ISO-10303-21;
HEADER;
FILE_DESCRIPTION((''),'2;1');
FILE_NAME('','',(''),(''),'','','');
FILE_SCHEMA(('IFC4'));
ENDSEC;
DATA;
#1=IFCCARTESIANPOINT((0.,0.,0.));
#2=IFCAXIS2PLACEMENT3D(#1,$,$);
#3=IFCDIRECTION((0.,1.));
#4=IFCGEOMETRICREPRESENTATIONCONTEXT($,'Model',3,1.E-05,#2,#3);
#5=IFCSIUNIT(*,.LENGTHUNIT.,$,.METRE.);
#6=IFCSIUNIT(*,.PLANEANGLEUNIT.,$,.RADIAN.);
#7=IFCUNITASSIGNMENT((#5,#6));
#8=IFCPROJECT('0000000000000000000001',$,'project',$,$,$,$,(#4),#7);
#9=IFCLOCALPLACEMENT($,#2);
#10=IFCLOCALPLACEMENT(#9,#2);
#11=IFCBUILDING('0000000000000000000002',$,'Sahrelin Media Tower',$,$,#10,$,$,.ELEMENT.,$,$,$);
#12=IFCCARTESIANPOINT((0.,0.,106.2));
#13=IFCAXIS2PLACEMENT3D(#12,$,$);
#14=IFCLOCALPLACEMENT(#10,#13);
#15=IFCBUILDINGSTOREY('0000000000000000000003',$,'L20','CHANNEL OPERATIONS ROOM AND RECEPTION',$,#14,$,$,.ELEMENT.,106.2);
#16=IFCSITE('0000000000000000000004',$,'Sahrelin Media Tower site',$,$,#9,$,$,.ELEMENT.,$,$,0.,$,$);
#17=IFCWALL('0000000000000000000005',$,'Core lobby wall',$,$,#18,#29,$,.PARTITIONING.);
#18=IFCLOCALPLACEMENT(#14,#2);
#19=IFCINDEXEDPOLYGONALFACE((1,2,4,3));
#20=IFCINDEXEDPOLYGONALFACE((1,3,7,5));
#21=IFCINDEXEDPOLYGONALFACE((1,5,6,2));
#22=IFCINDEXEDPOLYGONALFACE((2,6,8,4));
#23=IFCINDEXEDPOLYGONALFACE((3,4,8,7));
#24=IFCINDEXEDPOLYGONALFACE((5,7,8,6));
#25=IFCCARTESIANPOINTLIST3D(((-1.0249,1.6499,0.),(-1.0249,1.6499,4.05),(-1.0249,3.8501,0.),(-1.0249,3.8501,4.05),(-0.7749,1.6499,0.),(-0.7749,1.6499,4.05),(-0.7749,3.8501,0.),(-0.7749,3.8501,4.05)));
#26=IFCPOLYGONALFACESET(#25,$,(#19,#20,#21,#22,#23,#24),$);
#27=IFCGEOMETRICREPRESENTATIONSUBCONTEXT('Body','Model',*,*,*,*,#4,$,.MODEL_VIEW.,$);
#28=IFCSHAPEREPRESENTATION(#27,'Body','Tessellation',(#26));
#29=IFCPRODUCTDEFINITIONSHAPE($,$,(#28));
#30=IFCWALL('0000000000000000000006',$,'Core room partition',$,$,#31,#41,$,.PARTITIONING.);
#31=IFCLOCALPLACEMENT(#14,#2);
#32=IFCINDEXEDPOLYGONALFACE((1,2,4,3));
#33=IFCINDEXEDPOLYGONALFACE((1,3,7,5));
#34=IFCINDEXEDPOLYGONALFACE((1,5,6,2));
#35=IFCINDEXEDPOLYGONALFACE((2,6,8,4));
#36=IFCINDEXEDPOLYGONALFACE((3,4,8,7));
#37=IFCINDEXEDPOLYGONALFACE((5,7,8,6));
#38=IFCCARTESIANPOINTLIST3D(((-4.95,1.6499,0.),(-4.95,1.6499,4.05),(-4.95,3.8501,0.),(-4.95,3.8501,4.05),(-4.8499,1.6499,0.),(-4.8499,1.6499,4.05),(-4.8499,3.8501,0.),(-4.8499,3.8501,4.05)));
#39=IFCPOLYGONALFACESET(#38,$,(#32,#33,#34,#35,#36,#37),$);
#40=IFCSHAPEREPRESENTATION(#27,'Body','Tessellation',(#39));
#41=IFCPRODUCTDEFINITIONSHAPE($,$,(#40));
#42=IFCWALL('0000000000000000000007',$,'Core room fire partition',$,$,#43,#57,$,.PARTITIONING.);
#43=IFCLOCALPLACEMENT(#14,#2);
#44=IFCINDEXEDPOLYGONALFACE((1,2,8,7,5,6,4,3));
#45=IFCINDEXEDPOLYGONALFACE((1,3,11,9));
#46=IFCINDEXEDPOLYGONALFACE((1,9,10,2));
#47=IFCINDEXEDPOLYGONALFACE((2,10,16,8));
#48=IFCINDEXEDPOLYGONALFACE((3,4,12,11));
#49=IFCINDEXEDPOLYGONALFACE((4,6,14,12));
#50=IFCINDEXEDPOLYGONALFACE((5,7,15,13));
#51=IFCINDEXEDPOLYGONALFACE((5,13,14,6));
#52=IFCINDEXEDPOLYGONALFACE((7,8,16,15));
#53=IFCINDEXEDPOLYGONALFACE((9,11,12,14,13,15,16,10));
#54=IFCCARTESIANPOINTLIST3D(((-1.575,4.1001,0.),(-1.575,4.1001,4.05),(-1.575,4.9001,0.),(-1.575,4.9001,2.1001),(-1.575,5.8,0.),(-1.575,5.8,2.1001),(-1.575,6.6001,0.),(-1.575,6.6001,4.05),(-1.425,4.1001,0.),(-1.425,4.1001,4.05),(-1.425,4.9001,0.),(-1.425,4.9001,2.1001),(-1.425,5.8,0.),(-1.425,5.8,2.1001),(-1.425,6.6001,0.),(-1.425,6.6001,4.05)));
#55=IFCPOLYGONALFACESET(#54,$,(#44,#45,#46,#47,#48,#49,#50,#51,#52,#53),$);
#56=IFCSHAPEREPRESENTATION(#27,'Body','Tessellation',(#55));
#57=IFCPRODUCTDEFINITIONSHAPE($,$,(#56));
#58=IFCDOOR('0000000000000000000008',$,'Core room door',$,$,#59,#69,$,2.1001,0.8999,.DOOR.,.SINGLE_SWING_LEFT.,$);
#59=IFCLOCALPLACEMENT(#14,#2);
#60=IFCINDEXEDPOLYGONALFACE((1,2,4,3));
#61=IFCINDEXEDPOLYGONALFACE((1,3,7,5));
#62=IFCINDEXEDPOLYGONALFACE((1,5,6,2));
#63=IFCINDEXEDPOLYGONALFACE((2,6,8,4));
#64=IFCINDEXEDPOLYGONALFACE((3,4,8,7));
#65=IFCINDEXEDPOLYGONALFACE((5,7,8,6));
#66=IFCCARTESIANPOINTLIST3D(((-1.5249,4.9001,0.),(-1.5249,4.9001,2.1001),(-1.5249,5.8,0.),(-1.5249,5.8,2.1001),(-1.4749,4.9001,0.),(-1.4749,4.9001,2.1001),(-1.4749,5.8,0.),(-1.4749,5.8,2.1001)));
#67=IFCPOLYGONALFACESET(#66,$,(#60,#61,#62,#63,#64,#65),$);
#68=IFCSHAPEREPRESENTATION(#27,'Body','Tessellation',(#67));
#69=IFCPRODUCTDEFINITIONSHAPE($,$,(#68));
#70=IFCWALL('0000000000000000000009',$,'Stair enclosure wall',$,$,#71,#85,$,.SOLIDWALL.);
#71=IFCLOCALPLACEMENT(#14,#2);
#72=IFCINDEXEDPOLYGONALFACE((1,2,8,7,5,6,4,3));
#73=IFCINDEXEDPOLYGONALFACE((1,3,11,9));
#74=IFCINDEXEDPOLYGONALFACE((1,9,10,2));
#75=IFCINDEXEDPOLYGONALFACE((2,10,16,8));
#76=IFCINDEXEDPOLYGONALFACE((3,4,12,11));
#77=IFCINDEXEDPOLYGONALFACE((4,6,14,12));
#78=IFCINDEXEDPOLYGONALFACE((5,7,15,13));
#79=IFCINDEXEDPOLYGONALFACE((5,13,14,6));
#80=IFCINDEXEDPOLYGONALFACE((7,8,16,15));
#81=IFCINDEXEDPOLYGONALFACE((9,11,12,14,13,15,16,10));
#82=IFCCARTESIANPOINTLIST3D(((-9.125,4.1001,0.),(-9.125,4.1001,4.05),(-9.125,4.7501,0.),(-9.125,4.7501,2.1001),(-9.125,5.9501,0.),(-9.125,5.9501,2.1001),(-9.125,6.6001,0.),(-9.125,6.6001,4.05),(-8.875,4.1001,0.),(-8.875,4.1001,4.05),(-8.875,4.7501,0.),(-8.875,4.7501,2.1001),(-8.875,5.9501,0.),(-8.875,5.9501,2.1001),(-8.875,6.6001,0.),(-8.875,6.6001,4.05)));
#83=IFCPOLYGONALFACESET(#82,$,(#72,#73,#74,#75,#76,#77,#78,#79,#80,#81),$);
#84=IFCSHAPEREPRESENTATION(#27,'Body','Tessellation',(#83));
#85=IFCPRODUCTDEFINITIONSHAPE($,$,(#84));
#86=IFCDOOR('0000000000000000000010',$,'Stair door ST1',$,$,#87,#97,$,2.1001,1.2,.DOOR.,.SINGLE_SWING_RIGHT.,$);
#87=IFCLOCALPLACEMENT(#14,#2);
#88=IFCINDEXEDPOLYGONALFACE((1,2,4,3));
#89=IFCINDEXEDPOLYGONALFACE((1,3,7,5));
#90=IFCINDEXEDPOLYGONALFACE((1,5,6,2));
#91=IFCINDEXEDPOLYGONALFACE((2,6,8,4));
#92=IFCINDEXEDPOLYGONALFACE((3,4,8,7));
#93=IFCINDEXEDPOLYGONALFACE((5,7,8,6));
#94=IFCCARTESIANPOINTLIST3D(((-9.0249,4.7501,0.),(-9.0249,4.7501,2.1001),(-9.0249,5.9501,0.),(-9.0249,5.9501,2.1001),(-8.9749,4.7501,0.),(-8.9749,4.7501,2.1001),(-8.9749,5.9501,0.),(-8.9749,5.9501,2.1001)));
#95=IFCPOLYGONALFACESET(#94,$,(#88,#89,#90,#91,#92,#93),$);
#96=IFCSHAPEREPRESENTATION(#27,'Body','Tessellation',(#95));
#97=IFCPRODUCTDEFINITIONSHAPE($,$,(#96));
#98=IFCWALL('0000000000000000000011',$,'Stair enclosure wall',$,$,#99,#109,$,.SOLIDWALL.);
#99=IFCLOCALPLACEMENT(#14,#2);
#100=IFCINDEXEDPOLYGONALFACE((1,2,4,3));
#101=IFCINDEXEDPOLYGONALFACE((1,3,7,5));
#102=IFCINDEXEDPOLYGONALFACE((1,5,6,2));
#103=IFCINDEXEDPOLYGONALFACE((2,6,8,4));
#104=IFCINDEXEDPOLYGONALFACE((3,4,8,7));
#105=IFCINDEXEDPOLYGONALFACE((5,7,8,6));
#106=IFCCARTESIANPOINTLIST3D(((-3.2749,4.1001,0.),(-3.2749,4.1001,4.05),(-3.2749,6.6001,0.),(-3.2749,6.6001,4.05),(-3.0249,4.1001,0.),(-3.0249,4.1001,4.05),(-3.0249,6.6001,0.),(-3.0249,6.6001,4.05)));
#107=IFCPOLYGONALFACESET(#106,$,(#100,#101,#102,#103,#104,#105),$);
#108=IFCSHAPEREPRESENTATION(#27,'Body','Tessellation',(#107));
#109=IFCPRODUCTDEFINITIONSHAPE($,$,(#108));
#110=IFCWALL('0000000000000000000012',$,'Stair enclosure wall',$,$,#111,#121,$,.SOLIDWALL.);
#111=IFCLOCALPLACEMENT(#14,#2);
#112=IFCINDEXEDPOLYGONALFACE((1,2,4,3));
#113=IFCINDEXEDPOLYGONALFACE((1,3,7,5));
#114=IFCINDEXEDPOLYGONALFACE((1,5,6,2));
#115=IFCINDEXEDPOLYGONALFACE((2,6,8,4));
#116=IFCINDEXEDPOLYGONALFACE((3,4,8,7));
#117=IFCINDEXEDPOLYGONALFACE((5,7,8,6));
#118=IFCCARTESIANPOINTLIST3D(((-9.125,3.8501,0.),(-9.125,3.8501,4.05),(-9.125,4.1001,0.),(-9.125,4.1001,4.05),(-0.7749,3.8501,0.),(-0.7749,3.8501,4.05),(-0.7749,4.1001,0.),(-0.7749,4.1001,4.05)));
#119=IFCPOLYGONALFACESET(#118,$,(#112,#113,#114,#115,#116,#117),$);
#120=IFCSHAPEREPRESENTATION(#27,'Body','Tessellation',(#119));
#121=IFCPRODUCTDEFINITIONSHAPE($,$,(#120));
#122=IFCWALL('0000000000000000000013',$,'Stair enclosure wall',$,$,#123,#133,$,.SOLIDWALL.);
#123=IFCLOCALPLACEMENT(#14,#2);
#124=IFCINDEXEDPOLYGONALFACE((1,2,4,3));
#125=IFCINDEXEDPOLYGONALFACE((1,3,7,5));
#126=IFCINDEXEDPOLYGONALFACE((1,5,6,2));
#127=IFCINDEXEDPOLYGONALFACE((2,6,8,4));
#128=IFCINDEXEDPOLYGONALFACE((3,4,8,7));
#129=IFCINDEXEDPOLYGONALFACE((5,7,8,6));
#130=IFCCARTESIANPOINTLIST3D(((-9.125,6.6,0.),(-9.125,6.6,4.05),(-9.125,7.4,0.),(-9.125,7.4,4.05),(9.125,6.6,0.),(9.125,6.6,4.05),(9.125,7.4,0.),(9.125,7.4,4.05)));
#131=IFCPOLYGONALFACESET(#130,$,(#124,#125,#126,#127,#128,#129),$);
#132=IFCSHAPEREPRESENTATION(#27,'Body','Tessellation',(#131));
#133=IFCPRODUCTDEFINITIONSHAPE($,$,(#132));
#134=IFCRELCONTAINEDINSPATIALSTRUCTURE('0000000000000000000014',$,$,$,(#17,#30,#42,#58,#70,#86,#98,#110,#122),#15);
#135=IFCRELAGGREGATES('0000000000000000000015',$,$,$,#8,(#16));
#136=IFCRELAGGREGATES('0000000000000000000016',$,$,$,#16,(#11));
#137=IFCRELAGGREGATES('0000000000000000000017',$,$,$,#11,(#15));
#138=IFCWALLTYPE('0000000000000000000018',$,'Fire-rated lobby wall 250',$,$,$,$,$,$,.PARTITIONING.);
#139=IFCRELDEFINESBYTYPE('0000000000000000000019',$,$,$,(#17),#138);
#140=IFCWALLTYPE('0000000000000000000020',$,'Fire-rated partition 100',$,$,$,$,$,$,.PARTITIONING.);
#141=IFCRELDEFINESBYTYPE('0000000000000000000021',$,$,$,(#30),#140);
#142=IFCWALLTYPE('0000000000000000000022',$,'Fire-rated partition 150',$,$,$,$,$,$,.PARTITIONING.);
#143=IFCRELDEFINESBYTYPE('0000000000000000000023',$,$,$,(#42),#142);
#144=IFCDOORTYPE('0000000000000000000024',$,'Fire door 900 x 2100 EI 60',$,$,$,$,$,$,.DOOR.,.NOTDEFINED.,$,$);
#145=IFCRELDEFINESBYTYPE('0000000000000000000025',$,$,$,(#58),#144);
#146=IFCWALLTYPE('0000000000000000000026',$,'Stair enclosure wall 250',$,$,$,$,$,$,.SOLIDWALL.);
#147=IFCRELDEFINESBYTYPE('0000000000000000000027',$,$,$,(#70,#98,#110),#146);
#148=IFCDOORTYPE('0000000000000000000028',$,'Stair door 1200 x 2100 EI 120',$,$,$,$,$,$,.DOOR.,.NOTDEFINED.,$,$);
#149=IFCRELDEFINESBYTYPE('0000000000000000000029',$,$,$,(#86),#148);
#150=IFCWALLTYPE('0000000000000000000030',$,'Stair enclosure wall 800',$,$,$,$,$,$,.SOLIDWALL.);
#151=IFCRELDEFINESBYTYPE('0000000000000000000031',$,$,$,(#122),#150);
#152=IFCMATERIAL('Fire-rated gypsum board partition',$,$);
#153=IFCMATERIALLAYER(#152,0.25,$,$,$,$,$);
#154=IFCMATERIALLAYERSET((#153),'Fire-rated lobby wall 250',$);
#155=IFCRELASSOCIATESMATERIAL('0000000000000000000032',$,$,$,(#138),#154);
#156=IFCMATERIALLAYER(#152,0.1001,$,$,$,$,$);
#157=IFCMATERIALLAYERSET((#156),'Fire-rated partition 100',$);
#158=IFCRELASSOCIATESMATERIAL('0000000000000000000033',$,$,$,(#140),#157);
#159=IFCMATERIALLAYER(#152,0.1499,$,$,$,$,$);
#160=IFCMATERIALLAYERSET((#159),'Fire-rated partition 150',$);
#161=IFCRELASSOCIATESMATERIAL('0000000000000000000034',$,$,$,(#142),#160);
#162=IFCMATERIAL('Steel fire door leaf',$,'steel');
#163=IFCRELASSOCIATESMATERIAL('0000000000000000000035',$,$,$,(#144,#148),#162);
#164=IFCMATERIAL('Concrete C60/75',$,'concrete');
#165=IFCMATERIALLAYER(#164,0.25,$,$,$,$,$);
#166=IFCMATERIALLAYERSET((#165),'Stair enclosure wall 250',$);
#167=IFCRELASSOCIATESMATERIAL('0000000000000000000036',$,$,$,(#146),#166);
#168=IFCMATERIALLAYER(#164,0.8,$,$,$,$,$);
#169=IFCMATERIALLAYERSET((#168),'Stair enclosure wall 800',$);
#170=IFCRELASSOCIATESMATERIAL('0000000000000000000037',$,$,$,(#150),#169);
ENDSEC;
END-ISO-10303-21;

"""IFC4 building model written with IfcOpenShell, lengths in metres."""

from ifc_helpers import new_model, si_unit, direction, frame, frame_2d, origin, place, context, subcontext, project, spatial, rectangle, extrude, material, layer, layer_set, type_object, element, fill, save


model = new_model("IFC4")

# Units and contexts
model_context = context("Model", 3, precision=1e-05, world=origin(), true_north=direction((0.0, 1.0)))
body_context = subcontext(model_context, "Body", "Model", "MODEL_VIEW")
ifc_project = project(units=[si_unit("LENGTHUNIT", "METRE"), si_unit("PLANEANGLEUNIT", "RADIAN")], contexts=[model_context])

# Site, building, storey
site_placement = place(None, origin())
site = spatial("IfcSite", under=ifc_project, at=site_placement, Name="Sahrelin Media Tower site", CompositionType="ELEMENT", RefElevation=0.0)
building_placement = place(site_placement, origin())
building = spatial("IfcBuilding", under=site, at=building_placement, Name="Sahrelin Media Tower", CompositionType="ELEMENT")
storey_placement = place(building_placement, frame((0.0, 0.0, 106.2)))
storey = spatial("IfcBuildingStorey", under=building, at=storey_placement, Name="L20", Description="CHANNEL OPERATIONS ROOM AND RECEPTION", CompositionType="ELEMENT", Elevation=106.2)

# Shared definitions
ifc_material_1 = material(Name="Concrete C60/75", Category="concrete")
ifc_material_2 = material(Name="Steel fire door leaf", Category="steel")

# Shared definitions
ifc_material_3 = material(Name="Fire-rated gypsum board partition")
ifc_layer_1 = layer(ifc_material_3, 0.25)
ifc_layer_set_1 = layer_set([ifc_layer_1], Name="Fire-rated lobby wall 250")
wall_type_1 = type_object("IfcWallType", Name="Fire-rated lobby wall 250", PredefinedType="PARTITIONING", material=ifc_layer_set_1)

# Walls
for number, where, z_axis, x_axis, name in (
    (1, (-0.8999, 1.6499, 0.0), (0.0, 0.0, 1.0), (0.0, 1.0, 0.0), "Core lobby wall"),
):
    element("IfcWall", number, at=place(storey_placement, frame(where, z_axis=z_axis, x_axis=x_axis)), inside=storey, type_object=wall_type_1, Name=name, PredefinedType="PARTITIONING", context=body_context, shape_type="SweptSolid", body=[
        extrude(rectangle(XDim=2.2002, YDim=0.25, at=frame_2d((1.1001, 0.0))), origin(), (0.0, 0.0, 1.0), 4.05),
    ])
ifc_layer_2 = layer(ifc_material_3, 0.1001)
ifc_layer_set_2 = layer_set([ifc_layer_2], Name="Fire-rated partition 100")
wall_type_2 = type_object("IfcWallType", Name="Fire-rated partition 100", PredefinedType="PARTITIONING", material=ifc_layer_set_2)
wall_1_placement = place(storey_placement, frame((-4.8999, 1.6499, 0.0), z_axis=(0.0, 0.0, 1.0), x_axis=(0.0, 1.0, 0.0)))
element("IfcWall", 2, at=wall_1_placement, inside=storey, type_object=wall_type_2, Name="Core room partition", PredefinedType="PARTITIONING", context=body_context, shape_type="SweptSolid", body=[
    extrude(rectangle(XDim=2.2002, YDim=0.1001, at=frame_2d((1.1001, 0.0))), origin(), (0.0, 0.0, 1.0), 4.05),
])

# Walls, openings, doors
ifc_layer_3 = layer(ifc_material_3, 0.1499)
ifc_layer_set_3 = layer_set([ifc_layer_3], Name="Fire-rated partition 150")
wall_type_3 = type_object("IfcWallType", Name="Fire-rated partition 150", PredefinedType="PARTITIONING", material=ifc_layer_set_3)
wall_2_placement = place(storey_placement, frame((-1.5, 4.1001, 0.0), z_axis=(0.0, 0.0, 1.0), x_axis=(0.0, 1.0, 0.0)))
wall_2 = element("IfcWall", 3, at=wall_2_placement, inside=storey, type_object=wall_type_3, Name="Core room fire partition", PredefinedType="PARTITIONING", context=body_context, shape_type="SweptSolid", body=[
    extrude(rectangle(XDim=2.5, YDim=0.1499, at=frame_2d((1.25, 0.0))), origin(), (0.0, 0.0, 1.0), 4.05),
])
opening_1_placement = place(wall_2_placement, frame((0.8, 0.0, 0.0)))
opening_1 = element("IfcOpeningElement", 4, at=opening_1_placement, cuts=wall_2, PredefinedType="OPENING", context=body_context, shape_type="SweptSolid", body=[
    extrude(rectangle(XDim=0.8999, YDim=2.1001, at=frame_2d((0.45, 1.05))), frame((0.0, 0.075, 0.0), z_axis=(0.0, -1.0, 0.0), x_axis=(1.0, 0.0, 0.0)), (0.0, 0.0, 1.0), 0.1499),
])
door_type_1 = type_object("IfcDoorType", Name="Fire door 900 x 2100 EI 60", OperationType="NOTDEFINED", PredefinedType="DOOR", material=ifc_material_2)
door_1_placement = place(opening_1_placement, origin())
door_1 = element("IfcDoor", 5, at=door_1_placement, inside=storey, type_object=door_type_1, Name="Core room door", OperationType="SINGLE_SWING_LEFT", OverallHeight=2.1001, OverallWidth=0.8999, PredefinedType="DOOR", context=body_context, shape_type="SweptSolid", body=[
    extrude(rectangle(XDim=0.8999, YDim=2.1001, at=frame_2d((0.45, 1.05))), frame((0.0, 0.0249, 0.0), z_axis=(0.0, -1.0, 0.0), x_axis=(1.0, 0.0, 0.0)), (0.0, 0.0, 1.0), 0.05),
])
fill(opening_1, door_1)
ifc_layer_4 = layer(ifc_material_1, 0.25)
ifc_layer_set_4 = layer_set([ifc_layer_4], Name="Stair enclosure wall 250")
wall_type_4 = type_object("IfcWallType", Name="Stair enclosure wall 250", PredefinedType="SOLIDWALL", material=ifc_layer_set_4)
wall_3_placement = place(storey_placement, frame((-9.0, 4.1001, 0.0), z_axis=(0.0, 0.0, 1.0), x_axis=(0.0, 1.0, 0.0)))
wall_3 = element("IfcWall", 6, at=wall_3_placement, inside=storey, type_object=wall_type_4, Name="Stair enclosure wall", PredefinedType="SOLIDWALL", context=body_context, shape_type="SweptSolid", body=[
    extrude(rectangle(XDim=2.5, YDim=0.25, at=frame_2d((1.25, 0.0))), origin(), (0.0, 0.0, 1.0), 4.05),
])
opening_2_placement = place(wall_3_placement, frame((0.6499, 0.0, 0.0)))
opening_2 = element("IfcOpeningElement", 7, at=opening_2_placement, cuts=wall_3, PredefinedType="OPENING", context=body_context, shape_type="SweptSolid", body=[
    extrude(rectangle(XDim=1.2, YDim=2.1001, at=frame_2d((0.6001, 1.05))), frame((0.0, 0.125, 0.0), z_axis=(0.0, -1.0, 0.0), x_axis=(1.0, 0.0, 0.0)), (0.0, 0.0, 1.0), 0.25),
])
door_type_2 = type_object("IfcDoorType", Name="Stair door 1200 x 2100 EI 120", OperationType="NOTDEFINED", PredefinedType="DOOR", material=ifc_material_2)
door_2_placement = place(opening_2_placement, origin())
door_2 = element("IfcDoor", 8, at=door_2_placement, inside=storey, type_object=door_type_2, Name="Stair door ST1", OperationType="SINGLE_SWING_RIGHT", OverallHeight=2.1001, OverallWidth=1.2, PredefinedType="DOOR", context=body_context, shape_type="SweptSolid", body=[
    extrude(rectangle(XDim=1.2, YDim=2.1001, at=frame_2d((0.6001, 1.05))), frame((0.0, 0.0249, 0.0), z_axis=(0.0, -1.0, 0.0), x_axis=(1.0, 0.0, 0.0)), (0.0, 0.0, 1.0), 0.05),
])
fill(opening_2, door_2)

# Walls
wall_4_placement = place(storey_placement, frame((-3.1499, 4.1001, 0.0), z_axis=(0.0, 0.0, 1.0), x_axis=(0.0, 1.0, 0.0)))
element("IfcWall", 9, at=wall_4_placement, inside=storey, type_object=wall_type_4, Name="Stair enclosure wall", PredefinedType="SOLIDWALL", context=body_context, shape_type="SweptSolid", body=[
    extrude(rectangle(XDim=2.5, YDim=0.25, at=frame_2d((1.25, 0.0))), origin(), (0.0, 0.0, 1.0), 4.05),
])
wall_5_placement = place(storey_placement, frame((-9.125, 3.9751, 0.0), z_axis=(0.0, 0.0, 1.0), x_axis=(1.0, 0.0, 0.0)))
element("IfcWall", 10, at=wall_5_placement, inside=storey, type_object=wall_type_4, Name="Stair enclosure wall", PredefinedType="SOLIDWALL", context=body_context, shape_type="SweptSolid", body=[
    extrude(rectangle(XDim=8.3501, YDim=0.25, at=frame_2d((4.175, 0.0))), origin(), (0.0, 0.0, 1.0), 4.05),
])
ifc_layer_5 = layer(ifc_material_1, 0.8)
ifc_layer_set_5 = layer_set([ifc_layer_5], Name="Stair enclosure wall 800")
wall_type_5 = type_object("IfcWallType", Name="Stair enclosure wall 800", PredefinedType="SOLIDWALL", material=ifc_layer_set_5)
wall_6_placement = place(storey_placement, frame((-9.125, 7.0, 0.0), z_axis=(0.0, 0.0, 1.0), x_axis=(1.0, 0.0, 0.0)))
element("IfcWall", 11, at=wall_6_placement, inside=storey, type_object=wall_type_5, Name="Stair enclosure wall", PredefinedType="SOLIDWALL", context=body_context, shape_type="SweptSolid", body=[
    extrude(rectangle(XDim=18.25, YDim=0.8, at=frame_2d((9.125, 0.0))), origin(), (0.0, 0.0, 1.0), 4.05),
])

save(model, "model.ifc")
